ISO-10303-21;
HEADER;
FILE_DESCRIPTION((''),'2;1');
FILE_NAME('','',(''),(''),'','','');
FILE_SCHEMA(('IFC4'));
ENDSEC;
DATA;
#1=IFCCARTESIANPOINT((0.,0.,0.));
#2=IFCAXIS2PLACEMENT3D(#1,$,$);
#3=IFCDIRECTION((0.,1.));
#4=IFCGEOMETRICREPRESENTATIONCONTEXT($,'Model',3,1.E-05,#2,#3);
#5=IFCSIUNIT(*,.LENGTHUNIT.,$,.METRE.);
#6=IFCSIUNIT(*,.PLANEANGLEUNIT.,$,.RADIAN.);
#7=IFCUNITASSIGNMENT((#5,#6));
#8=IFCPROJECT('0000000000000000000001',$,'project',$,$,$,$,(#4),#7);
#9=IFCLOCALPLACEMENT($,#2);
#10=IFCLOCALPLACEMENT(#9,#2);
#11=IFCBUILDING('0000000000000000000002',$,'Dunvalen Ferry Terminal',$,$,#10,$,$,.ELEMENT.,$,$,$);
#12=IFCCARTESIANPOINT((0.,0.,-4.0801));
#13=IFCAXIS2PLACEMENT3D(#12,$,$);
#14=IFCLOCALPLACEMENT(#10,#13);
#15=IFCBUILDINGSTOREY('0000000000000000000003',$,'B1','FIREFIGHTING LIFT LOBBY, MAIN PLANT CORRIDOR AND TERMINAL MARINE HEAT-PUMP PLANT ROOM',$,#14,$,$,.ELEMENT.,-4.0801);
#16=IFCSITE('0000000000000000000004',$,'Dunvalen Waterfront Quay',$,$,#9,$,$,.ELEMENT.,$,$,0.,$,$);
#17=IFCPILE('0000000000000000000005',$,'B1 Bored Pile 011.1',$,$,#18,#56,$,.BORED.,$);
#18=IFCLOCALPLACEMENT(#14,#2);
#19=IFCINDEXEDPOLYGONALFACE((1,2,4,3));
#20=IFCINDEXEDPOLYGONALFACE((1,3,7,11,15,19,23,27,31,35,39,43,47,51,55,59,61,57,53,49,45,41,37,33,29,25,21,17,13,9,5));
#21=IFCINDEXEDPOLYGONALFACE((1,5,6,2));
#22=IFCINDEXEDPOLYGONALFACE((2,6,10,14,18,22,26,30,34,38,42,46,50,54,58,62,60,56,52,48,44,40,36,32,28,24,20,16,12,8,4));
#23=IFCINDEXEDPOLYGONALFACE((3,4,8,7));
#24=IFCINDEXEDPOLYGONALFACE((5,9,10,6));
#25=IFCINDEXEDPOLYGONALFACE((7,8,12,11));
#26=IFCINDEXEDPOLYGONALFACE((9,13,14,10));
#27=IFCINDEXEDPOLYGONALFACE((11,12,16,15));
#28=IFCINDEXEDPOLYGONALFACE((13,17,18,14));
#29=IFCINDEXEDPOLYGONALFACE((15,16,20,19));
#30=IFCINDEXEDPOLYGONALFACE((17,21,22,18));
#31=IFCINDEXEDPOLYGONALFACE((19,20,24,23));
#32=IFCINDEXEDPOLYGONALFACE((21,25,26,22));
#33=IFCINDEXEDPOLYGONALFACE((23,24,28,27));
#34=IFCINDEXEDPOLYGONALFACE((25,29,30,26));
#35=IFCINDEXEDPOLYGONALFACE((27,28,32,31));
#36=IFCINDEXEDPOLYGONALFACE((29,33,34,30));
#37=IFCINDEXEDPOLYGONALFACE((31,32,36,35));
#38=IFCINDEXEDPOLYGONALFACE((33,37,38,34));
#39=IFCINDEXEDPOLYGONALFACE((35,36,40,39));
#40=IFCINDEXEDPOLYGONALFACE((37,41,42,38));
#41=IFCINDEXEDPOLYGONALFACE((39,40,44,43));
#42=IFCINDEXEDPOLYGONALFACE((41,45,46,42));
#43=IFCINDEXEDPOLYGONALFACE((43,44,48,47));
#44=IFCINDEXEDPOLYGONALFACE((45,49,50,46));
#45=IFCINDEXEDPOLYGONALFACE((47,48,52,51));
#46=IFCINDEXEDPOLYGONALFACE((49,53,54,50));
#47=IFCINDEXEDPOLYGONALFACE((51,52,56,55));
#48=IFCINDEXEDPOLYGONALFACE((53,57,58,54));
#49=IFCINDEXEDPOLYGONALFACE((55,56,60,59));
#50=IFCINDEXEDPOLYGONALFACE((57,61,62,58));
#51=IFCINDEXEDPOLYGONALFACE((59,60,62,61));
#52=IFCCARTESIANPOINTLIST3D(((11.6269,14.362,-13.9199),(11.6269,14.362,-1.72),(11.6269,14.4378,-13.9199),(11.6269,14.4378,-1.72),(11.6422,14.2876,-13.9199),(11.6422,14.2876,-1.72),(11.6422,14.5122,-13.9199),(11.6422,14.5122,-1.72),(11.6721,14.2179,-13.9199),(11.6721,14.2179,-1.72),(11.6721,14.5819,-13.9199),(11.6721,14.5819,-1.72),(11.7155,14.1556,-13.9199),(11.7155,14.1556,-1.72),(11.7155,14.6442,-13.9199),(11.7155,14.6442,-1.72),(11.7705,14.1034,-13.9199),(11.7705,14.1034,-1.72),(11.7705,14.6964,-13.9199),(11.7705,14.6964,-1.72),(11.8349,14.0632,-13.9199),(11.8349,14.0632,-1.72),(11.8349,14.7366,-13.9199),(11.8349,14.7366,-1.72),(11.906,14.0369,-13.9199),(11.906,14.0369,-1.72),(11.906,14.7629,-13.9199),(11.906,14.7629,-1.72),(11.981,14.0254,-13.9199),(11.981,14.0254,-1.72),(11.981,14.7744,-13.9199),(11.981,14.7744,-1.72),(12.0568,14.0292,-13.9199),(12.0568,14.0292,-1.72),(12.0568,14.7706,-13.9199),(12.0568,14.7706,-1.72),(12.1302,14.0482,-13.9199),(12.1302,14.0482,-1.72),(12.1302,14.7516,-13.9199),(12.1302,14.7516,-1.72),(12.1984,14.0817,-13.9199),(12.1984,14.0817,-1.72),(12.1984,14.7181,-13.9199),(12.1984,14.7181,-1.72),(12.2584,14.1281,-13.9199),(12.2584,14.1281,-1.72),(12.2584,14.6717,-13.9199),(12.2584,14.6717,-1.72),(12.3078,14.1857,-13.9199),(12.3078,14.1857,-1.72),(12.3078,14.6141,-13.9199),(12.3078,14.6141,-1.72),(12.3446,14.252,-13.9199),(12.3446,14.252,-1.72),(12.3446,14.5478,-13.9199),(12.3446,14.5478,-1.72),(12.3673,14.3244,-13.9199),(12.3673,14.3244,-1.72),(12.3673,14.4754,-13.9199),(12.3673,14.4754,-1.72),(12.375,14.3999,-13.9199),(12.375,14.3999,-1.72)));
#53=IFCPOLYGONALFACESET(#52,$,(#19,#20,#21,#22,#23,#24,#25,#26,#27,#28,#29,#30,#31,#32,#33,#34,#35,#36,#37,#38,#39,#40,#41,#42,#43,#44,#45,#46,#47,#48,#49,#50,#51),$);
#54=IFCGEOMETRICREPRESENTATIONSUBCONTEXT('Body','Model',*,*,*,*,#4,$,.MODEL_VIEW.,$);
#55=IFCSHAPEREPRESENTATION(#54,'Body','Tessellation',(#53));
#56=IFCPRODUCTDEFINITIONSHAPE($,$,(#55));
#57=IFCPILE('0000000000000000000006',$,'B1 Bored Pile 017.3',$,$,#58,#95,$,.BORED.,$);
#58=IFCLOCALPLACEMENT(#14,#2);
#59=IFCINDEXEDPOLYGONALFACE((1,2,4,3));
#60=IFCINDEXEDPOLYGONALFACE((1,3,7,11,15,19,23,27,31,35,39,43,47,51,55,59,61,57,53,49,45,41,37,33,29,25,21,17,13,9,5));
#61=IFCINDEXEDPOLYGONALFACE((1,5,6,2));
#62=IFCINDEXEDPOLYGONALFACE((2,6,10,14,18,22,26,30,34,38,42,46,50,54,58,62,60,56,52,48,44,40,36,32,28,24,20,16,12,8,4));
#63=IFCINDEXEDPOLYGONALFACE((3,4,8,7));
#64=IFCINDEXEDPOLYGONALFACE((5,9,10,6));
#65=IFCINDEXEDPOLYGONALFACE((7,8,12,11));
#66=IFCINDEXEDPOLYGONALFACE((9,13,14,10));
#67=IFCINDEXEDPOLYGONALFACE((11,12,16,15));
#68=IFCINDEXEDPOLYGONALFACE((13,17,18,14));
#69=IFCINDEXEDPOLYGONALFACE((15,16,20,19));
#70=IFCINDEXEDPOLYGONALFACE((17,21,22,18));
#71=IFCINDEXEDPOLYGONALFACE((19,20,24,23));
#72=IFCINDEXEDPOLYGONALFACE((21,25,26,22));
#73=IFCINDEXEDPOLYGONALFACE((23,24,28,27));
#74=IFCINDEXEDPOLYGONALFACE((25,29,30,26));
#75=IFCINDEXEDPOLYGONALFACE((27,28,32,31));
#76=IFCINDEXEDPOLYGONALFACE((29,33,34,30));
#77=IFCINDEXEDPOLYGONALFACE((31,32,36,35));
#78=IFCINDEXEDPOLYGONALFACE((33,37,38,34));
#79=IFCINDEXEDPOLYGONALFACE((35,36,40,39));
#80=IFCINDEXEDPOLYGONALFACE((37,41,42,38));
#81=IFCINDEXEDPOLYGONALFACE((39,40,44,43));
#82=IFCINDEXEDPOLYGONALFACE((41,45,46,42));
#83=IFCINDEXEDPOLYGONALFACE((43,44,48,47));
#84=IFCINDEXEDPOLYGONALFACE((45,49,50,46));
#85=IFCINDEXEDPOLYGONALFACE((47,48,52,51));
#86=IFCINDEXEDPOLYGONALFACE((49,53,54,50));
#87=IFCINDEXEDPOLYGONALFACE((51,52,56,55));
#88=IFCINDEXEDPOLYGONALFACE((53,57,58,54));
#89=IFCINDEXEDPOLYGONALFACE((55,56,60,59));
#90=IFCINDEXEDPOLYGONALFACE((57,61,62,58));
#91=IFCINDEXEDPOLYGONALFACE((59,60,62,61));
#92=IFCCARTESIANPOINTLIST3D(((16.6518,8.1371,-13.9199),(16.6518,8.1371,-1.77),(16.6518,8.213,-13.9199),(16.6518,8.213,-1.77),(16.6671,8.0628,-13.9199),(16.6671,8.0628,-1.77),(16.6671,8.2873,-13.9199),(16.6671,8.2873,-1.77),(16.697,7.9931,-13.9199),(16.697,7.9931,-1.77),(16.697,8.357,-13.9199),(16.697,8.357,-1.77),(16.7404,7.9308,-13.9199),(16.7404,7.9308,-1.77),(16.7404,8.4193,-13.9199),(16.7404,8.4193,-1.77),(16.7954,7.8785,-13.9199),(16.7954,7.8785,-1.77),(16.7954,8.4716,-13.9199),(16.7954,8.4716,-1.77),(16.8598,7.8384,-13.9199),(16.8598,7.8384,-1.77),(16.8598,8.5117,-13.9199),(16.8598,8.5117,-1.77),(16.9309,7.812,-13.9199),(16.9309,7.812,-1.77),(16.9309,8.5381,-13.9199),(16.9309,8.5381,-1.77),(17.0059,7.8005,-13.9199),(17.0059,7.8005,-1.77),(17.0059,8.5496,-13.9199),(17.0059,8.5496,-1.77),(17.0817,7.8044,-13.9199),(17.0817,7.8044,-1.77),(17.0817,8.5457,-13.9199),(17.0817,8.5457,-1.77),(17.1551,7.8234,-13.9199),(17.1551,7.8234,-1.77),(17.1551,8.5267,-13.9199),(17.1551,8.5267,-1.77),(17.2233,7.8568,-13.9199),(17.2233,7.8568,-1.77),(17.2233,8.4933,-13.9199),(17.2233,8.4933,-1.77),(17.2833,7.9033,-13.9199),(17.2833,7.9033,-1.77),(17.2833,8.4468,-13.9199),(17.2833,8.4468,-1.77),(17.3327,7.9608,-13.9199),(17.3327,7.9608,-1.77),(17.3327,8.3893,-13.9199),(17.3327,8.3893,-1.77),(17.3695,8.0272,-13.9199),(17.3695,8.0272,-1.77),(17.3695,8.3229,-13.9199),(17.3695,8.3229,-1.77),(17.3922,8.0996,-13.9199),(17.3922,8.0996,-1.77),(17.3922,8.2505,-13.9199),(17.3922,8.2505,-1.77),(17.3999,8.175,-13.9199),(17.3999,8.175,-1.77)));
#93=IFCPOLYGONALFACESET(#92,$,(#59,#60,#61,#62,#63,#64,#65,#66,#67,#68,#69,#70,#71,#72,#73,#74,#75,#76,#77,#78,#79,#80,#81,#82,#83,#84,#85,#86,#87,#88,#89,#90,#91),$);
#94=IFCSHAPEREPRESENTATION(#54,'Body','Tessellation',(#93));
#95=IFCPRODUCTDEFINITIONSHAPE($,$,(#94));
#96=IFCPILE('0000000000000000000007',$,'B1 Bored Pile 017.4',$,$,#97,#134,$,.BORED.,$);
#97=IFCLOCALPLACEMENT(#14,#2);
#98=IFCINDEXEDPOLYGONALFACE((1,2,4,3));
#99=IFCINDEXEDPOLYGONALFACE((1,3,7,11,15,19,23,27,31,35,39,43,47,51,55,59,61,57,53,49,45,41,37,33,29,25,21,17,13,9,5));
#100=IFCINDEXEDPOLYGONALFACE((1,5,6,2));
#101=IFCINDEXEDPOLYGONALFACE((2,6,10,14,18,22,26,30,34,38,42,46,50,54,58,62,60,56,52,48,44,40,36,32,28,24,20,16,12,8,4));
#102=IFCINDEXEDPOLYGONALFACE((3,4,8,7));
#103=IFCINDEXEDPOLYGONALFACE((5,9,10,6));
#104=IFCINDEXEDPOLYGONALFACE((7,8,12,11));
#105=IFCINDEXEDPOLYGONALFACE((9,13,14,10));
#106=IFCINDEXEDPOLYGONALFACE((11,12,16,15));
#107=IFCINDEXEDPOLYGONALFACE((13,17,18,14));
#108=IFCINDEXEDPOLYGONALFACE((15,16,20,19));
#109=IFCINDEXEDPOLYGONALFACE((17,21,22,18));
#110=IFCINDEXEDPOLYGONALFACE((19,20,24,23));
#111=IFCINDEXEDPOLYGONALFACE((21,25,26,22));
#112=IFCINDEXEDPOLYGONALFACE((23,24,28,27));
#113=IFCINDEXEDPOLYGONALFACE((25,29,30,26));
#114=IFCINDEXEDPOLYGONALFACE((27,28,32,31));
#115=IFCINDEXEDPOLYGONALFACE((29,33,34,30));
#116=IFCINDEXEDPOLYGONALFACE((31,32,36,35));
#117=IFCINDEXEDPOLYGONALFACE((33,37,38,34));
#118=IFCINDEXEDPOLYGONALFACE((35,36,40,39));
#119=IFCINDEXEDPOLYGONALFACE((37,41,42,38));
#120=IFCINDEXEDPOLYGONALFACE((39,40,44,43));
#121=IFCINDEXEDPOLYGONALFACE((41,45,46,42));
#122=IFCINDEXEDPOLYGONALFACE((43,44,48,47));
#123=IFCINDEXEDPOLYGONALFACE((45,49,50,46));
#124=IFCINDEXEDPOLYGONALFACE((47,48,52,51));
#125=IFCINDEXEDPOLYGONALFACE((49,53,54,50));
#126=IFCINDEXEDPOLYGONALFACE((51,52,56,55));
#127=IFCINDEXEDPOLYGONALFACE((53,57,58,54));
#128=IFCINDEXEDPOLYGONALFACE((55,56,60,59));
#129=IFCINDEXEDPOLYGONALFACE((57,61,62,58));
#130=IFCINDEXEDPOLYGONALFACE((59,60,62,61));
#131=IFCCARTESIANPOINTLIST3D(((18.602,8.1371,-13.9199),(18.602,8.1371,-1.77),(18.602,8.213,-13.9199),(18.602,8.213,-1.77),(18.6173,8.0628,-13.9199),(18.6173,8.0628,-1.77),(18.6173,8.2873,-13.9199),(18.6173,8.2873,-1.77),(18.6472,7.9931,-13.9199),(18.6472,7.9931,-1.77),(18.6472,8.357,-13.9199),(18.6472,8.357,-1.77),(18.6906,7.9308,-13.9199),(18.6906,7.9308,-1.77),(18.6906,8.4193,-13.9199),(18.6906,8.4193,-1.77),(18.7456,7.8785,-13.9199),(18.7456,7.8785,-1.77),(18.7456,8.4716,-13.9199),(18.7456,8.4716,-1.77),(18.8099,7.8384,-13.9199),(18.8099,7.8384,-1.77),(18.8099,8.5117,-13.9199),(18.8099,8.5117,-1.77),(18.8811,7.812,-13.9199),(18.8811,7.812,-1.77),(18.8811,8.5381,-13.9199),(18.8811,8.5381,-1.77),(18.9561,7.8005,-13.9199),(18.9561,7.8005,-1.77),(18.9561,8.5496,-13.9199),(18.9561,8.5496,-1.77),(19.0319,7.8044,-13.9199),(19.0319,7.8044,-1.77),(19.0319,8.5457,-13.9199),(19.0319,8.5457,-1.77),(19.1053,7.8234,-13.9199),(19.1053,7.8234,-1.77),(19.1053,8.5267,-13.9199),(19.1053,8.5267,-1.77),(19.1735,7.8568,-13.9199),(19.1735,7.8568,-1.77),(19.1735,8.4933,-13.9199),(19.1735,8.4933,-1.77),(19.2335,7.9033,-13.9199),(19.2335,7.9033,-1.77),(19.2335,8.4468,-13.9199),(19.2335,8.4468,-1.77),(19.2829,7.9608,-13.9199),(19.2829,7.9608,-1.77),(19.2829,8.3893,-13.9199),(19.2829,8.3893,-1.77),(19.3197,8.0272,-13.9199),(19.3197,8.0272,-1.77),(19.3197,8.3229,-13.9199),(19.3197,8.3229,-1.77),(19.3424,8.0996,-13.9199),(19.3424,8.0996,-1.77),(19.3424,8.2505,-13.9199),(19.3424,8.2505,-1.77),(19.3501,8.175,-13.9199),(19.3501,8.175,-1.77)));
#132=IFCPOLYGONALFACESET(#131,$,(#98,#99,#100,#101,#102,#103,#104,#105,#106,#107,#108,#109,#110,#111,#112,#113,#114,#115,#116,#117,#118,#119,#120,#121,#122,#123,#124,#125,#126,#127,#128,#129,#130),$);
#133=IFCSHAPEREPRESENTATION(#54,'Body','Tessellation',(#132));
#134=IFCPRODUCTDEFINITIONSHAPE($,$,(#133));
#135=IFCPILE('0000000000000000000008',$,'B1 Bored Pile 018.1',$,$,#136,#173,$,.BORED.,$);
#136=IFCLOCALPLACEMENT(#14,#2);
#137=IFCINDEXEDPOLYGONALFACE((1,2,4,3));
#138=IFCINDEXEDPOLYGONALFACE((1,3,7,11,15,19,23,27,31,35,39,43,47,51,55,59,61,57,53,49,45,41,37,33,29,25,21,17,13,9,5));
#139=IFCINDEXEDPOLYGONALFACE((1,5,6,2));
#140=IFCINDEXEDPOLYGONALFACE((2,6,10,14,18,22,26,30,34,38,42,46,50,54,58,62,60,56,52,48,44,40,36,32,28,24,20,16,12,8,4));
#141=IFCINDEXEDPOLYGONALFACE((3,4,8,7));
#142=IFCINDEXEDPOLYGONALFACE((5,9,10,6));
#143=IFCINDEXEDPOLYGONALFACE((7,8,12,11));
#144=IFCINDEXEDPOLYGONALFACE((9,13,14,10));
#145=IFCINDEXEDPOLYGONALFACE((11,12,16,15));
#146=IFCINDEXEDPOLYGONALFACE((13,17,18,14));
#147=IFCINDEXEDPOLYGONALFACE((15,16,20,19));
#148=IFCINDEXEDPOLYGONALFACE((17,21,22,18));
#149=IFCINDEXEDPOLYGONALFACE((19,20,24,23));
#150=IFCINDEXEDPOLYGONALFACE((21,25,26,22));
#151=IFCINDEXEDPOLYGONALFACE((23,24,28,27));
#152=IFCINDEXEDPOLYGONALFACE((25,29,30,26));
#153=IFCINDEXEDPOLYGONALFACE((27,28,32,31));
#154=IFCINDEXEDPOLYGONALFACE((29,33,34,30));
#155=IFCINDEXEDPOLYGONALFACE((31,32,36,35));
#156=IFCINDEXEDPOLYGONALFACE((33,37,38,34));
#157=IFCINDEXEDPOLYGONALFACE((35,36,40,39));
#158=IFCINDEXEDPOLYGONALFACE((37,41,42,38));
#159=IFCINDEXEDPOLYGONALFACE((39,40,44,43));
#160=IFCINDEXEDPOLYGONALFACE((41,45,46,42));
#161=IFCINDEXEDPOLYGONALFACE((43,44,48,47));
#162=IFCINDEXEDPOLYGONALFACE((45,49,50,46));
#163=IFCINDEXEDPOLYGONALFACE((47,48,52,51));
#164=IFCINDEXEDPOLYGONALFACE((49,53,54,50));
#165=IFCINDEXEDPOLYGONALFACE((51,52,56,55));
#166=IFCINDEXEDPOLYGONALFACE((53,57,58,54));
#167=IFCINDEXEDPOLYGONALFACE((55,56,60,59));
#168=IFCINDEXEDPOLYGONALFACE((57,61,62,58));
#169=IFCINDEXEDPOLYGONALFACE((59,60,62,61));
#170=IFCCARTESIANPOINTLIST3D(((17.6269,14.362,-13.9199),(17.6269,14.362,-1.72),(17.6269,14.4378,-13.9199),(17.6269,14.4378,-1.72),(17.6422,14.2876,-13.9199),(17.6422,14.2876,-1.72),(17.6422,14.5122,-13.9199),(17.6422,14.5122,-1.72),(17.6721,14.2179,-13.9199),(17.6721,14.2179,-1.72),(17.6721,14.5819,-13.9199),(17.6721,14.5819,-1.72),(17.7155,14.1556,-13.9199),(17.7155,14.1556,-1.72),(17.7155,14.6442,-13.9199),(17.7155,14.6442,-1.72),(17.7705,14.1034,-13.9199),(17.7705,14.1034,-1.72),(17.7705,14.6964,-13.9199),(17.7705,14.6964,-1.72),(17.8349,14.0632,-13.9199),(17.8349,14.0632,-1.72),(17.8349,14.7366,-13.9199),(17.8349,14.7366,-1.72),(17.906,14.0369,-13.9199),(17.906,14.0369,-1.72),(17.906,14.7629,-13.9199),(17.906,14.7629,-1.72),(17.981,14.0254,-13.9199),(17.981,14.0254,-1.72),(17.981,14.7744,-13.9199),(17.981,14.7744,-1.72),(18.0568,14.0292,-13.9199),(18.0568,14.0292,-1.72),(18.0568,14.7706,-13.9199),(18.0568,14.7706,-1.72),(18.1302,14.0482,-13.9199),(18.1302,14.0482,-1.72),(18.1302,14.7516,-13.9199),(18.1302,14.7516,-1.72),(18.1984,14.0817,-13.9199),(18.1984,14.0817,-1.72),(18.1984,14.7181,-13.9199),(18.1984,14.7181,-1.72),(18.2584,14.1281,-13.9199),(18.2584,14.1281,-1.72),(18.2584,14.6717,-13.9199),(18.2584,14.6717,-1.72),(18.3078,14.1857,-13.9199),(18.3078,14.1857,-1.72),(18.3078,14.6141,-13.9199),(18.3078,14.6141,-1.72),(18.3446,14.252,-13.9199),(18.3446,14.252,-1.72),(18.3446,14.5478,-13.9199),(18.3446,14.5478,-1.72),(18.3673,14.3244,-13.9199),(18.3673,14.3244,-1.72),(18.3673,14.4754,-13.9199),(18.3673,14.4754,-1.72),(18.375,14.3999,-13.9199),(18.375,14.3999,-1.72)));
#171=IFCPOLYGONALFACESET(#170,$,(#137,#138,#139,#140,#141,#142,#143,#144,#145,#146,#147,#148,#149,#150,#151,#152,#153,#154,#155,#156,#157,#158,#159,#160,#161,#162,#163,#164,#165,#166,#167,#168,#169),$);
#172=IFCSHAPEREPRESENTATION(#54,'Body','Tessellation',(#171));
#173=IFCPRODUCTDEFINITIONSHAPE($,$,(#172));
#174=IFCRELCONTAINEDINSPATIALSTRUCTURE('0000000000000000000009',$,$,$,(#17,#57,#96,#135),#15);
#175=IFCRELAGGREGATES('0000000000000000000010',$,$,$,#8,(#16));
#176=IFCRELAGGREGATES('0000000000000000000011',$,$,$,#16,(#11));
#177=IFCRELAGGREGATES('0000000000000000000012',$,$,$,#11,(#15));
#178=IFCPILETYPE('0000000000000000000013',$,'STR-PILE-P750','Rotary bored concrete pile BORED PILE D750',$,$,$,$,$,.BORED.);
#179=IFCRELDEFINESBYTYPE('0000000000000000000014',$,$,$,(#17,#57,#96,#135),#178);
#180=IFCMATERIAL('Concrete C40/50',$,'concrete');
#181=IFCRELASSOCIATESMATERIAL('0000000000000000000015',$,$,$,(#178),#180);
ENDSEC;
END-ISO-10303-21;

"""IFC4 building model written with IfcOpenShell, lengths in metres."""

from ifc_helpers import new_model, si_unit, direction, frame, origin, origin_2d, place, context, subcontext, project, spatial, circle, extrude, material, material_profile, profile_set, type_object, element, save


model = new_model("IFC4")

# Units and contexts
model_context = context("Model", 3, precision=1e-05, world=origin(), true_north=direction((0.0, 1.0)))
body_context = subcontext(model_context, "Body", "Model", "MODEL_VIEW")
ifc_project = project(units=[si_unit("LENGTHUNIT", "METRE"), si_unit("PLANEANGLEUNIT", "RADIAN")], contexts=[model_context])

# Site, building, storey
site_placement = place(None, origin())
site = spatial("IfcSite", under=ifc_project, at=site_placement, Name="Dunvalen Waterfront Quay", CompositionType="ELEMENT", RefElevation=0.0)
building_placement = place(site_placement, origin())
building = spatial("IfcBuilding", under=site, at=building_placement, Name="Dunvalen Ferry Terminal", CompositionType="ELEMENT")
storey_placement = place(building_placement, frame((0.0, 0.0, -4.0801)))
storey = spatial("IfcBuildingStorey", under=building, at=storey_placement, Name="B1", Description="FIREFIGHTING LIFT LOBBY, MAIN PLANT CORRIDOR AND TERMINAL MARINE HEAT-PUMP PLANT ROOM", CompositionType="ELEMENT", Elevation=-4.0801)

# Shared definitions
ifc_material = material(Name="Concrete C40/50", Category="concrete")

# Piles
ifc_material_profile_1 = material_profile(ifc_material, circle(Radius=0.375, at=origin_2d()), Name="Concrete C40/50")
ifc_profile_set_1 = profile_set([ifc_material_profile_1], Name="Concrete C40/50")
pile_type = type_object("IfcPileType", Name="STR-PILE-P750", Description="Rotary bored concrete pile BORED PILE D750", PredefinedType="BORED", material=ifc_profile_set_1)
pile_1_placement = place(storey_placement, frame((12.0, 14.3999, -1.72), z_axis=(0.0, 0.0, -1.0), x_axis=(1.0, 0.0, 0.0)))
element("IfcPile", 1, at=pile_1_placement, inside=storey, type_object=pile_type, Name="B1 Bored Pile 011.1", PredefinedType="BORED", context=body_context, shape_type="SweptSolid", body=[
    extrude(circle(Radius=0.375, at=origin_2d()), origin(), (0.0, 0.0, 1.0), 12.2),
])
for number, where, z_axis, x_axis, name in (
    (2, (17.0249, 8.175, -1.77), (0.0, 0.0, -1.0), (1.0, 0.0, 0.0), "B1 Bored Pile 017.3"),
    (3, (18.9751, 8.175, -1.77), (0.0, 0.0, -1.0), (1.0, 0.0, 0.0), "B1 Bored Pile 017.4"),
):
    element("IfcPile", number, at=place(storey_placement, frame(where, z_axis=z_axis, x_axis=x_axis)), inside=storey, type_object=pile_type, Name=name, PredefinedType="BORED", context=body_context, shape_type="SweptSolid", body=[
        extrude(circle(Radius=0.375, at=origin_2d()), origin(), (0.0, 0.0, 1.0), 12.1499),
    ])
pile_2_placement = place(storey_placement, frame((18.0, 14.3999, -1.72), z_axis=(0.0, 0.0, -1.0), x_axis=(1.0, 0.0, 0.0)))
element("IfcPile", 4, at=pile_2_placement, inside=storey, type_object=pile_type, Name="B1 Bored Pile 018.1", PredefinedType="BORED", context=body_context, shape_type="SweptSolid", body=[
    extrude(circle(Radius=0.375, at=origin_2d()), origin(), (0.0, 0.0, 1.0), 12.2),
])

save(model, "model.ifc")
